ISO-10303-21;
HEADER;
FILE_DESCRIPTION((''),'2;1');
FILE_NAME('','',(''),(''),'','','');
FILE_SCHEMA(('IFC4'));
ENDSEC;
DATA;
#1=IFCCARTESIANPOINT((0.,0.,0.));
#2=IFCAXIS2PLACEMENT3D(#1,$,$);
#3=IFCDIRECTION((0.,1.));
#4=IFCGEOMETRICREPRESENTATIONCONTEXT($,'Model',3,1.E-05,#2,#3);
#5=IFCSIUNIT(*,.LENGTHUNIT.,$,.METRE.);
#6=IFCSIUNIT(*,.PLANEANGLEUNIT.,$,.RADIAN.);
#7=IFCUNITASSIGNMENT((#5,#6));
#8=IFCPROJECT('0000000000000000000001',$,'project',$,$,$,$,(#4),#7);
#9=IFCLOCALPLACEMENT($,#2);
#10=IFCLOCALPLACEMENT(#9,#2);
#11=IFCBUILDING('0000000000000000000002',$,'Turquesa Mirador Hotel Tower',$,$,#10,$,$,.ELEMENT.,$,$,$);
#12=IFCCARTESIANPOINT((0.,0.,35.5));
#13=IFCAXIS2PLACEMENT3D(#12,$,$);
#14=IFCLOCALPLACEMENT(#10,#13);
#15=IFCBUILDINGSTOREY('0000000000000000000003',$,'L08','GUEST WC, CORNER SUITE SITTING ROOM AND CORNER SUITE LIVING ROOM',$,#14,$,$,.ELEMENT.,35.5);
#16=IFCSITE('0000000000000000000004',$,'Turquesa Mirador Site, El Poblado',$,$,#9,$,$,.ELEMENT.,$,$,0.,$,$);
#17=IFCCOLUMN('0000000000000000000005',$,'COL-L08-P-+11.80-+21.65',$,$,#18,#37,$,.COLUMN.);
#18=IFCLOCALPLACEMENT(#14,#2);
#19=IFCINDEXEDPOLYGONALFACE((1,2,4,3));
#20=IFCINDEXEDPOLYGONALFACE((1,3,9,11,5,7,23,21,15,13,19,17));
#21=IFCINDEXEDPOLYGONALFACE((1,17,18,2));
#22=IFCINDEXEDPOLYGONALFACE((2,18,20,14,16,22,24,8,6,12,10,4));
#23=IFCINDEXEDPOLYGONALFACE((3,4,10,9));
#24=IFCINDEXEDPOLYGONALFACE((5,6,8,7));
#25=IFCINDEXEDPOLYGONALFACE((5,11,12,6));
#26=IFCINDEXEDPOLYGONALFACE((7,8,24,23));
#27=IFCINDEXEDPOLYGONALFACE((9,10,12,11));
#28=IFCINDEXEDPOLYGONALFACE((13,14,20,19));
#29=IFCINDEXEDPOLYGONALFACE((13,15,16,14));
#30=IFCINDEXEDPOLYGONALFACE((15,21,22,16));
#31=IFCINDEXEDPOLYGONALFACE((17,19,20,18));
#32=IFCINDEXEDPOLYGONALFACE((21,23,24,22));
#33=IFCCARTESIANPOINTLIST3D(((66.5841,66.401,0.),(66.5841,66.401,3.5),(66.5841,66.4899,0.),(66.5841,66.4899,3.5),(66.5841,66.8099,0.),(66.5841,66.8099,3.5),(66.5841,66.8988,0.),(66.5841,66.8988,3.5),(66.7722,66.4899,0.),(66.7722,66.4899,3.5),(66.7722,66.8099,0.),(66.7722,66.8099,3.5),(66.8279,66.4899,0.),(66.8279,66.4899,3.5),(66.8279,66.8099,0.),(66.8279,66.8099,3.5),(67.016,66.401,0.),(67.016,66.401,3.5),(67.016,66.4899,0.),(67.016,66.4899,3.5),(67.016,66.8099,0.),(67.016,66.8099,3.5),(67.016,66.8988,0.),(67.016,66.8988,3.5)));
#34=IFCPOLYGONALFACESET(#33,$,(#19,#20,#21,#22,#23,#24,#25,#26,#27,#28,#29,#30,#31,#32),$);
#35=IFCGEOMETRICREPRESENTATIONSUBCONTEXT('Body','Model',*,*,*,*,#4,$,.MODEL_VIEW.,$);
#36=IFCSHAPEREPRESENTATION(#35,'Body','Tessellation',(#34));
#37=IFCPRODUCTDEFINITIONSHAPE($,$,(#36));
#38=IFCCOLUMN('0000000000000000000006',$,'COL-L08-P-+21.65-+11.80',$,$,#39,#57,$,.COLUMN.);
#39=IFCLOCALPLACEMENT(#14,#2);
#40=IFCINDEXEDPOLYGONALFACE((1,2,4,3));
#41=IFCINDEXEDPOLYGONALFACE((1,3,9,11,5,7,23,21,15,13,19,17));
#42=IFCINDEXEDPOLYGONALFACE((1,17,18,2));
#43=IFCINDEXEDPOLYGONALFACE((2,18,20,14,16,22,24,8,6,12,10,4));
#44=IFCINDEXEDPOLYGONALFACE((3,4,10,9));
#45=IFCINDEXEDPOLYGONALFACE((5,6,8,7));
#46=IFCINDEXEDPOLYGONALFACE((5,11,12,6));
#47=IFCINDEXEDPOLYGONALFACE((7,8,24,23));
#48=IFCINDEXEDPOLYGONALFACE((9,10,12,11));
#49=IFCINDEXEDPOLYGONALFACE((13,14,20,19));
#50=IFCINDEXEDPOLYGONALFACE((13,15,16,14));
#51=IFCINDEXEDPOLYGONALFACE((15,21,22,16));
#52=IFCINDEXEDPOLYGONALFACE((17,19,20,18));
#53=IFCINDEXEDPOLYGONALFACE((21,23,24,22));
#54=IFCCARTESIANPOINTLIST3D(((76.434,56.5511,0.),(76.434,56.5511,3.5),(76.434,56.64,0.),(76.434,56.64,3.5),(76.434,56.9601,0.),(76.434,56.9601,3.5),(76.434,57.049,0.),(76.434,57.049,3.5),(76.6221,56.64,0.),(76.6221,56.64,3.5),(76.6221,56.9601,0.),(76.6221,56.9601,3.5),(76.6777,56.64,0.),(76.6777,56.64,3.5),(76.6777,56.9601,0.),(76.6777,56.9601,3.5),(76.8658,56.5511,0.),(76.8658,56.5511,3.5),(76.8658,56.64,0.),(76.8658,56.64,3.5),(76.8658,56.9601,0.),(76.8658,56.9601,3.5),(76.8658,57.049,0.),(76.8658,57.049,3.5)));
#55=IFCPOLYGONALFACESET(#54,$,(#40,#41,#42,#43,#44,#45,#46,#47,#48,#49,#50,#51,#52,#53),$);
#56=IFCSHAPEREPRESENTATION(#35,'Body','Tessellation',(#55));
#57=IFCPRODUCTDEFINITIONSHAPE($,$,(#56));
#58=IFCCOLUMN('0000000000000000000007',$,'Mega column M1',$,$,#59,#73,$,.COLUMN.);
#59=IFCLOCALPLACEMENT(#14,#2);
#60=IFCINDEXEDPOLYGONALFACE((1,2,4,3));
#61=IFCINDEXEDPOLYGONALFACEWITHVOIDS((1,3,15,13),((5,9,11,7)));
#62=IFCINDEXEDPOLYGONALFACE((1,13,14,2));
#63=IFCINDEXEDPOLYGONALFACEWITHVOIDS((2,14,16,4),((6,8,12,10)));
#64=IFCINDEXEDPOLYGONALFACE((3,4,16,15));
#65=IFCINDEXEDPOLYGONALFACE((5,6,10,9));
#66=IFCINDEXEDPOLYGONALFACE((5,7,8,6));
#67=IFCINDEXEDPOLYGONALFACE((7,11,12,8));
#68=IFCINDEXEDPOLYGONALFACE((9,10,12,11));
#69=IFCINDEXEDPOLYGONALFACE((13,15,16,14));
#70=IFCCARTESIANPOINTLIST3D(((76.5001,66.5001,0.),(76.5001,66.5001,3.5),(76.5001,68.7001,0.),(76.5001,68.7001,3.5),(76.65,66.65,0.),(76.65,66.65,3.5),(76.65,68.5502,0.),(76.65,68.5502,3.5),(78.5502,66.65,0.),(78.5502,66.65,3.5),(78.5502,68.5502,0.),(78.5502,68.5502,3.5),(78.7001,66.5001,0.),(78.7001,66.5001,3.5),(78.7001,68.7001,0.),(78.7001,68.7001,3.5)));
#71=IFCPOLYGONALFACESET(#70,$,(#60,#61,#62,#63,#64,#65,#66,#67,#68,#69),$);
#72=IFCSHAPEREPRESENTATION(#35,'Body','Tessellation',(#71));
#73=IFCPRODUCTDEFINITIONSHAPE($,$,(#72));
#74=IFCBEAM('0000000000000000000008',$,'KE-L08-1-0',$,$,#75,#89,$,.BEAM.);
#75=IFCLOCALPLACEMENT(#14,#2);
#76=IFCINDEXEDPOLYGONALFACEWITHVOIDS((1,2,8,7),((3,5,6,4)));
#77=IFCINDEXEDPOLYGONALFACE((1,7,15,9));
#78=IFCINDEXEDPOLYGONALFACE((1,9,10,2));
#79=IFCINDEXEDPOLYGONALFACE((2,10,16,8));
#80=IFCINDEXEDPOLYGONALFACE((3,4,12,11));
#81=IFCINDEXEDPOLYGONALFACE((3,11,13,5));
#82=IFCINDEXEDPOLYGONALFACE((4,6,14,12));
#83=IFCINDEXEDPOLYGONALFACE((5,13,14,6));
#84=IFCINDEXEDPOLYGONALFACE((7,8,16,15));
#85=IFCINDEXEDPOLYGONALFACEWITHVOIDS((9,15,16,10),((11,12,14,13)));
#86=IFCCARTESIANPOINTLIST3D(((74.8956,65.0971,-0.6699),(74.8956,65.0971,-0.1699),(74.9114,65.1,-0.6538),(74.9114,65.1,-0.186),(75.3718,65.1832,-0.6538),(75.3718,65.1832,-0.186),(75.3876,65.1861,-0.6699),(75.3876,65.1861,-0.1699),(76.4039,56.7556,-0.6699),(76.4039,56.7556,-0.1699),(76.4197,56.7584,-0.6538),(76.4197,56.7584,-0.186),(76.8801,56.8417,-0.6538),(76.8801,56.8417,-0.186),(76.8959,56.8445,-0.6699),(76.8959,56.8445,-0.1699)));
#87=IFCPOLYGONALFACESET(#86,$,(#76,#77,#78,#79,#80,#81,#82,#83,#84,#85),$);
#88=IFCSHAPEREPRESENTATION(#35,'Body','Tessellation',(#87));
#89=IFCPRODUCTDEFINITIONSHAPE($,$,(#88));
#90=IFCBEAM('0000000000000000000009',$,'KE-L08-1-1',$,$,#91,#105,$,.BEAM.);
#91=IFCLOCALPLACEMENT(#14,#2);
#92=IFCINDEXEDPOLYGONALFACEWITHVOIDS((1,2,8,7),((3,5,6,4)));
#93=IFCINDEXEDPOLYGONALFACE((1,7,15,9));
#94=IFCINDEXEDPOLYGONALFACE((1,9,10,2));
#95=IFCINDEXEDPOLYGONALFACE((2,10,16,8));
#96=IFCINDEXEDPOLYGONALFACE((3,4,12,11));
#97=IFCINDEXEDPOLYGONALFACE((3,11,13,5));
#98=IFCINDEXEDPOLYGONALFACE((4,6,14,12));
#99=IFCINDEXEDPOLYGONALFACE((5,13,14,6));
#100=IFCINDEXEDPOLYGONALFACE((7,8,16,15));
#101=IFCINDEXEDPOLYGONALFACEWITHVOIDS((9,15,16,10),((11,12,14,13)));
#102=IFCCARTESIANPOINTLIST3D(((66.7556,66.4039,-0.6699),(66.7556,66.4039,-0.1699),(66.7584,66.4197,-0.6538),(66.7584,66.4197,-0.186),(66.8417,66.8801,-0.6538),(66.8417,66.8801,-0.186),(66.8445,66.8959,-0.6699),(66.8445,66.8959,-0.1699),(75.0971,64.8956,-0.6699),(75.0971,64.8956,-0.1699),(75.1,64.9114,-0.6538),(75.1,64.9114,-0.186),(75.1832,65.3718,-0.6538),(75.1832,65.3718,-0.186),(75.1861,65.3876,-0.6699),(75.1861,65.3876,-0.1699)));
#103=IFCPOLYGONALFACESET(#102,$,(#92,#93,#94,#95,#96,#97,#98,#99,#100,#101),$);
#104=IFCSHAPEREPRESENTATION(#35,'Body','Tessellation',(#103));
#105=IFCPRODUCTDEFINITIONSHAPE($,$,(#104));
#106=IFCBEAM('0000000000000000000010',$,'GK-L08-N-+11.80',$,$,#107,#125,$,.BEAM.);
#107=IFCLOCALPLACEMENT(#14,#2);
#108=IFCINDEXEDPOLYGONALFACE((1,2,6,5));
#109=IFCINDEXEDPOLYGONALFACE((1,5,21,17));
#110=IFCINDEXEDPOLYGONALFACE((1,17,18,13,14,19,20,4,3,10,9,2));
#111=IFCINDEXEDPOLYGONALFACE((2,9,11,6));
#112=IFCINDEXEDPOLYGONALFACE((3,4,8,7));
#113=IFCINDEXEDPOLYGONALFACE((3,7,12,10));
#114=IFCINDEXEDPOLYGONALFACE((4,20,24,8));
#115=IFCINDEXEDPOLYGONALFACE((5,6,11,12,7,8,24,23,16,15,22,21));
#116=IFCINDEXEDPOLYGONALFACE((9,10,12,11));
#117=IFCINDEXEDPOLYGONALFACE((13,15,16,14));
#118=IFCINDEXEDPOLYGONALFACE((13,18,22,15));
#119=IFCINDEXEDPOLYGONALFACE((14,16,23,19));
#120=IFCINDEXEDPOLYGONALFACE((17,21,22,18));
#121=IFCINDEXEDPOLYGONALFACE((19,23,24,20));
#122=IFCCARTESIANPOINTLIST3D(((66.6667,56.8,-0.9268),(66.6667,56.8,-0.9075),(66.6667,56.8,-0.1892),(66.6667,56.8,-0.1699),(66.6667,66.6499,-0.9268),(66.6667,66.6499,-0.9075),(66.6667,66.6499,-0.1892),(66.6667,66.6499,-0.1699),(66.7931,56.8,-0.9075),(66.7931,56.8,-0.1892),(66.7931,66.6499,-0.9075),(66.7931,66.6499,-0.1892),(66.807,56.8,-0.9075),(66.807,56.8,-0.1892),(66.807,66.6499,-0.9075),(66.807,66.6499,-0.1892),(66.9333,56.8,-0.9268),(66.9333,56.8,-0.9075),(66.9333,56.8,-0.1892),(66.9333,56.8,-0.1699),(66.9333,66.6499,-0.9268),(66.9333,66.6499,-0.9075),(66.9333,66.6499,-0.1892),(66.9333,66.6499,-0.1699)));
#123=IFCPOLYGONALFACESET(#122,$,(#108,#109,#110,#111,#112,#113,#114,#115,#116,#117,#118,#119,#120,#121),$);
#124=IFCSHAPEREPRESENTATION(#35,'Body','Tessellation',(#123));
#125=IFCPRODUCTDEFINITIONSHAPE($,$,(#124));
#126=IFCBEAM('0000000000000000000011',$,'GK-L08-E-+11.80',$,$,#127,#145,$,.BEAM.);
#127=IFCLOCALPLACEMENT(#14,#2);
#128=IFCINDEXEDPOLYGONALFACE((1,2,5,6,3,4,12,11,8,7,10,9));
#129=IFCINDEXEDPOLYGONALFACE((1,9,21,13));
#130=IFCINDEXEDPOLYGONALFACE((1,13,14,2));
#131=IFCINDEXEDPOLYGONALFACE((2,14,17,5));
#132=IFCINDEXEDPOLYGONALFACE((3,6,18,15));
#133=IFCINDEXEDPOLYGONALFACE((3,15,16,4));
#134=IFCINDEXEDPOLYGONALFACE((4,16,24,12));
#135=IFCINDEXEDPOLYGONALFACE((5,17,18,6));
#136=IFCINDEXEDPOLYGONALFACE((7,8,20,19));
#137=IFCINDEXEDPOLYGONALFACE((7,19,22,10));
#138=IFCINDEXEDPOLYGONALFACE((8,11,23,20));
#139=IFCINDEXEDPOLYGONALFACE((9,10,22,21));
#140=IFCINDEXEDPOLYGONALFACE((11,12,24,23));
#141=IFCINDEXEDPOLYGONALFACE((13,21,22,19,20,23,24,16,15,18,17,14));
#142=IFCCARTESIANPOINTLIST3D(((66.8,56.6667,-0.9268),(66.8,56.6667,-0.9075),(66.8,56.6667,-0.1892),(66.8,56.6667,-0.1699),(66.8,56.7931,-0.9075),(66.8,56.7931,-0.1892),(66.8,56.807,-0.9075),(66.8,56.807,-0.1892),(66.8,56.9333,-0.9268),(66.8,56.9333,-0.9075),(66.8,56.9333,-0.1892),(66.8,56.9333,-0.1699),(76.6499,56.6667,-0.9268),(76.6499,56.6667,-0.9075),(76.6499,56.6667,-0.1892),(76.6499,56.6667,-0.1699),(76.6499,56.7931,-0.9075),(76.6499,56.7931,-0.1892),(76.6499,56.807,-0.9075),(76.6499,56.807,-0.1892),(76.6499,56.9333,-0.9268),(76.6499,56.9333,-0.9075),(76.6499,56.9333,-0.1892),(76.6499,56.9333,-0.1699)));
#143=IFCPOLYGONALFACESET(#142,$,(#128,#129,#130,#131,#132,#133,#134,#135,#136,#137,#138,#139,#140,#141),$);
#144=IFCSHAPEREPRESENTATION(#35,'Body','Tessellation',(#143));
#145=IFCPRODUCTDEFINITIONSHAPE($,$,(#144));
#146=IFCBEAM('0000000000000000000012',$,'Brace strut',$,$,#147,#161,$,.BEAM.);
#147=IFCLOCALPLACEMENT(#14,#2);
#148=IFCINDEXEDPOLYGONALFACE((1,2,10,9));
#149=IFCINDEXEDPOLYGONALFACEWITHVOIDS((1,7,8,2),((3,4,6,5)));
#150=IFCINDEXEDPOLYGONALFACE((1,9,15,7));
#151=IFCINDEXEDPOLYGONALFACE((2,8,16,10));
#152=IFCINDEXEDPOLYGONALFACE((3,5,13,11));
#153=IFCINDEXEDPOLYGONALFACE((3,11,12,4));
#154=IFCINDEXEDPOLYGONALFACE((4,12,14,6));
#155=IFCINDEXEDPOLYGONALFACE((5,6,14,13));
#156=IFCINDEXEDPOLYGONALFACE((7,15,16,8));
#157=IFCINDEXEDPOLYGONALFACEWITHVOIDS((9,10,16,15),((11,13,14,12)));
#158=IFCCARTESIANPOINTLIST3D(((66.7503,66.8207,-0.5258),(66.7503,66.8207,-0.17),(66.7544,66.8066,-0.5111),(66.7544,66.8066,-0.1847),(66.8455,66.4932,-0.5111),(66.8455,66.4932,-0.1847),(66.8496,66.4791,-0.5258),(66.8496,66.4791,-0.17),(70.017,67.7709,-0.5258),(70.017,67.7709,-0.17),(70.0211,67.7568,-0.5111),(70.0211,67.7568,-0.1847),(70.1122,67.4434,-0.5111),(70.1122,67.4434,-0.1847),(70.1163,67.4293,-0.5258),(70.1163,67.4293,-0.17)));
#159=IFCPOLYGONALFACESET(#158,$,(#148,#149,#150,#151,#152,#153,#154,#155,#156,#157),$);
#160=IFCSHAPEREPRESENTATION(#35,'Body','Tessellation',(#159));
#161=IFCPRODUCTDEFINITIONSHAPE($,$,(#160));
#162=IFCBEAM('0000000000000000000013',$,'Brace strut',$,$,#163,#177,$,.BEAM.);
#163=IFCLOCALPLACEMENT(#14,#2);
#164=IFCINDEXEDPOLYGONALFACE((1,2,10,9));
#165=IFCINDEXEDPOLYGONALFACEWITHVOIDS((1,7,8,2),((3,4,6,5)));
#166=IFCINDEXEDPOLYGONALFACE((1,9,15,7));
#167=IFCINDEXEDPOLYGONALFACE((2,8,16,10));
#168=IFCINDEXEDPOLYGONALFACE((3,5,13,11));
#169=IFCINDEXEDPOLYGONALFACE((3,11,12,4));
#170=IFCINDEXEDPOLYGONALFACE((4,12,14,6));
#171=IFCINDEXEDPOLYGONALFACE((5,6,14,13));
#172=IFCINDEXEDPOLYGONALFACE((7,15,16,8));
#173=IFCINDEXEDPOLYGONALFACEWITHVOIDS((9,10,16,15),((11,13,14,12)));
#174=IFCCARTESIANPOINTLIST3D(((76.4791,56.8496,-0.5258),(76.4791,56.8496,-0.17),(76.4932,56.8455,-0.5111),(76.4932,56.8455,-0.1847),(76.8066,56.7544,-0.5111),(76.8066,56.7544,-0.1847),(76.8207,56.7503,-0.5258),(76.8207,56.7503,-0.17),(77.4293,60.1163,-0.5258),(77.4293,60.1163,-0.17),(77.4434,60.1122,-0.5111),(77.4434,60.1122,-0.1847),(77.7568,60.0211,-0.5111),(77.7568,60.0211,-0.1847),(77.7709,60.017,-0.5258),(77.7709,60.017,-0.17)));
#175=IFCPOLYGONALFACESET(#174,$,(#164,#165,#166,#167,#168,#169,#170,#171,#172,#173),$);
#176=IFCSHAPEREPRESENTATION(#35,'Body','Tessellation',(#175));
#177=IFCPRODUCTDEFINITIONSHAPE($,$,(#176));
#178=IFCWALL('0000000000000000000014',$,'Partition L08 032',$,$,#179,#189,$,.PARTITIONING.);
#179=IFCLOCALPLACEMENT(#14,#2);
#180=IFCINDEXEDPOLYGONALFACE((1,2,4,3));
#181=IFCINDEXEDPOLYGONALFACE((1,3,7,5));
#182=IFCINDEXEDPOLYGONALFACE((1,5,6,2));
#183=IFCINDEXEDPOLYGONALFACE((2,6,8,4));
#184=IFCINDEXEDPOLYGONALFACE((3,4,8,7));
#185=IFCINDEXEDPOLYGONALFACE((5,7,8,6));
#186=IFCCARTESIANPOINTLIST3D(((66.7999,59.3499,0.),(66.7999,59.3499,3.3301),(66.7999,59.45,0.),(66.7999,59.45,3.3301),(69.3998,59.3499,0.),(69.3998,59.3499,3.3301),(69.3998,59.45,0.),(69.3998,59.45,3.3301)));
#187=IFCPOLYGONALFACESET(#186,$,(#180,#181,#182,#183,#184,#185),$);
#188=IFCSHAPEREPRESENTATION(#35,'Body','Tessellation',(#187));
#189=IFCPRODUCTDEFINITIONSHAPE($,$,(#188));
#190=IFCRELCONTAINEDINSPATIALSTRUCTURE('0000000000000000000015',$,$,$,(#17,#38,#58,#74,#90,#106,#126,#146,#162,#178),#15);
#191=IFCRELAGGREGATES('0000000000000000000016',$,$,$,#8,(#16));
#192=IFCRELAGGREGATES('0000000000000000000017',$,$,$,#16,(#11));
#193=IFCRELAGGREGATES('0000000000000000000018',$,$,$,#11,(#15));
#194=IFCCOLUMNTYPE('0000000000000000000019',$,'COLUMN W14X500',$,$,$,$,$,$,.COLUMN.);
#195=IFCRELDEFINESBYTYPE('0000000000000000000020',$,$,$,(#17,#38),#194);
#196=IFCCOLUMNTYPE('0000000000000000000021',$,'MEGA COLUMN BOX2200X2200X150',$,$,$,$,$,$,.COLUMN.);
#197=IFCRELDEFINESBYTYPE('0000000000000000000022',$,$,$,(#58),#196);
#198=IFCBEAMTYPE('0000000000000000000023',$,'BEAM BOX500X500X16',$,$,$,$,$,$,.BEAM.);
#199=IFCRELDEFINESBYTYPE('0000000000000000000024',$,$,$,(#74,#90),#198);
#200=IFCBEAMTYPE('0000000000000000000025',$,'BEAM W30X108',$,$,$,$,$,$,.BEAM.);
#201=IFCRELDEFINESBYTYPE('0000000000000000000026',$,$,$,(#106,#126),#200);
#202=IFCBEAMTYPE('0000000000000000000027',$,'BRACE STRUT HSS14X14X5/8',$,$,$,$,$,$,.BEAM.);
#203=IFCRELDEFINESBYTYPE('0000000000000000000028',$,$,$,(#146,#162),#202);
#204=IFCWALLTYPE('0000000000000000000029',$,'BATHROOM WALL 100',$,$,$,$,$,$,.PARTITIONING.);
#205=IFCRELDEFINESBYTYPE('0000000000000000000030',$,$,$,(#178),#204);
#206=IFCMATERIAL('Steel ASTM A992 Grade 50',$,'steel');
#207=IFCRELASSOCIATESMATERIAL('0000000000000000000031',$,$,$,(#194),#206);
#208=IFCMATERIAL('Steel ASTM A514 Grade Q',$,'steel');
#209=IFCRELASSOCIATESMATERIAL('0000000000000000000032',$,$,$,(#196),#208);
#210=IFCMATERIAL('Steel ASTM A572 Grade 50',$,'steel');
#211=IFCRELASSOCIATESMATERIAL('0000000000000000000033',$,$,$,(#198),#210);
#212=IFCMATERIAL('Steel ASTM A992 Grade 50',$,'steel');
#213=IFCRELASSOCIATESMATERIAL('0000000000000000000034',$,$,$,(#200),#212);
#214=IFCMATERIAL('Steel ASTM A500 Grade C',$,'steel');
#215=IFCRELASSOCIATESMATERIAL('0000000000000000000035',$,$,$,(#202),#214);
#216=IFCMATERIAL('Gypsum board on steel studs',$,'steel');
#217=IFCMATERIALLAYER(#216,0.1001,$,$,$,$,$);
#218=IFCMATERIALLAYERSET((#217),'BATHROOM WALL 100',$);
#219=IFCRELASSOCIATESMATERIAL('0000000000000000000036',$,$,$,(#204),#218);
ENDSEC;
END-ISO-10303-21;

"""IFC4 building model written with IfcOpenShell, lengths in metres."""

from ifc_helpers import new_model, si_unit, direction, frame, frame_2d, origin, origin_2d, place, context, subcontext, project, spatial, rectangle, hollow_rectangle, i_section, extrude, material, layer, layer_set, material_profile, profile_set, type_object, element, save


model = new_model("IFC4")

# Units and contexts
model_context = context("Model", 3, precision=1e-05, world=origin(), true_north=direction((0.0, 1.0)))
body_context = subcontext(model_context, "Body", "Model", "MODEL_VIEW")
ifc_project = project(units=[si_unit("LENGTHUNIT", "METRE"), si_unit("PLANEANGLEUNIT", "RADIAN")], contexts=[model_context])

# Site, building, storey
site_placement = place(None, origin())
site = spatial("IfcSite", under=ifc_project, at=site_placement, Name="Turquesa Mirador Site, El Poblado", CompositionType="ELEMENT", RefElevation=0.0)
building_placement = place(site_placement, origin())
building = spatial("IfcBuilding", under=site, at=building_placement, Name="Turquesa Mirador Hotel Tower", CompositionType="ELEMENT")
storey_placement = place(building_placement, frame((0.0, 0.0, 35.5)))
storey = spatial("IfcBuildingStorey", under=building, at=storey_placement, Name="L08", Description="GUEST WC, CORNER SUITE SITTING ROOM AND CORNER SUITE LIVING ROOM", CompositionType="ELEMENT", Elevation=35.5)

# Columns
ifc_material_1 = material(Name="Steel ASTM A992 Grade 50", Category="steel")
ifc_material_profile_1 = material_profile(ifc_material_1, i_section(OverallWidth=0.4319, OverallDepth=0.4978, WebThickness=0.0557, FlangeThickness=0.0889, at=origin_2d()), Name="W14X500")
ifc_profile_set_1 = profile_set([ifc_material_profile_1], Name="Steel ASTM A992 Grade 50")
column_type_1 = type_object("IfcColumnType", Name="COLUMN W14X500", PredefinedType="COLUMN", material=ifc_profile_set_1)
for number, where, z_axis, x_axis, name in (
    (1, (66.8, 66.6499, 0.0), (0.0, 0.0, 1.0), (1.0, 0.0, 0.0), "COL-L08-P-+11.80-+21.65"),
    (2, (76.6499, 56.8, 0.0), (0.0, 0.0, 1.0), (1.0, 0.0, 0.0), "COL-L08-P-+21.65-+11.80"),
):
    element("IfcColumn", number, at=place(storey_placement, frame(where, z_axis=z_axis, x_axis=x_axis)), inside=storey, type_object=column_type_1, Name=name, PredefinedType="COLUMN", context=body_context, shape_type="SweptSolid", body=[
        extrude(i_section(OverallWidth=0.4319, OverallDepth=0.4978, WebThickness=0.0557, FlangeThickness=0.0889, at=origin_2d()), origin(), (0.0, 0.0, 1.0), 3.5),
    ])
ifc_material_2 = material(Name="Steel ASTM A514 Grade Q", Category="steel")
ifc_material_profile_2 = material_profile(ifc_material_2, hollow_rectangle(XDim=2.2, YDim=2.2, WallThickness=0.1499, at=origin_2d()), Name="BOX2200X2200X150")
ifc_profile_set_2 = profile_set([ifc_material_profile_2], Name="Steel ASTM A514 Grade Q")
column_type_2 = type_object("IfcColumnType", Name="MEGA COLUMN BOX2200X2200X150", PredefinedType="COLUMN", material=ifc_profile_set_2)
column_placement = place(storey_placement, frame((77.6001, 67.6001, 0.0), z_axis=(0.0, 0.0, 1.0), x_axis=(1.0, 0.0, 0.0)))
element("IfcColumn", 3, at=column_placement, inside=storey, type_object=column_type_2, Name="Mega column M1", PredefinedType="COLUMN", context=body_context, shape_type="SweptSolid", body=[
    extrude(hollow_rectangle(XDim=2.2, YDim=2.2, WallThickness=0.1499, at=origin_2d()), origin(), (0.0, 0.0, 1.0), 3.5),
])

# Beams
ifc_material_3 = material(Name="Steel ASTM A572 Grade 50", Category="steel")
ifc_material_profile_3 = material_profile(ifc_material_3, hollow_rectangle(XDim=0.5, YDim=0.5, WallThickness=0.0161, at=origin_2d()), Name="BOX500X500X16")
ifc_profile_set_3 = profile_set([ifc_material_profile_3], Name="Steel ASTM A572 Grade 50")
beam_type_1 = type_object("IfcBeamType", Name="BEAM BOX500X500X16", PredefinedType="BEAM", material=ifc_profile_set_3)
for number, where, z_axis, x_axis, name in (
    (4, (76.6499, 56.8, -0.4199), (-0.177932, 0.984043, 0.0), (-0.984043, -0.177932, 0.0), "KE-L08-1-0"),
    (5, (75.1416, 65.1416, -0.4199), (-0.984043, 0.177932, 0.0), (-0.177932, -0.984043, 0.0), "KE-L08-1-1"),
):
    element("IfcBeam", number, at=place(storey_placement, frame(where, z_axis=z_axis, x_axis=x_axis)), inside=storey, type_object=beam_type_1, Name=name, PredefinedType="BEAM", context=body_context, shape_type="SweptSolid", body=[
        extrude(hollow_rectangle(XDim=0.5, YDim=0.5, WallThickness=0.0161, at=origin_2d()), origin(), (0.0, 0.0, 1.0), 8.4768),
    ])
ifc_material_4 = material(Name="Steel ASTM A992 Grade 50", Category="steel")
ifc_material_profile_4 = material_profile(ifc_material_4, i_section(OverallWidth=0.2666, OverallDepth=0.7568, WebThickness=0.0139, FlangeThickness=0.0193, at=origin_2d()), Name="W30X108")
ifc_profile_set_4 = profile_set([ifc_material_profile_4], Name="Steel ASTM A992 Grade 50")
beam_type_2 = type_object("IfcBeamType", Name="BEAM W30X108", PredefinedType="BEAM", material=ifc_profile_set_4)
for number, where, z_axis, x_axis, name in (
    (6, (66.8, 66.6499, -0.5483), (0.0, -1.0, 0.0), (1.0, 0.0, 0.0), "GK-L08-N-+11.80"),
    (7, (76.6499, 56.8, -0.5483), (-1.0, 0.0, 0.0), (0.0, -1.0, 0.0), "GK-L08-E-+11.80"),
):
    element("IfcBeam", number, at=place(storey_placement, frame(where, z_axis=z_axis, x_axis=x_axis)), inside=storey, type_object=beam_type_2, Name=name, PredefinedType="BEAM", context=body_context, shape_type="SweptSolid", body=[
        extrude(i_section(OverallWidth=0.2666, OverallDepth=0.7568, WebThickness=0.0139, FlangeThickness=0.0193, at=origin_2d()), origin(), (0.0, 0.0, 1.0), 9.8499),
    ])
ifc_material_5 = material(Name="Steel ASTM A500 Grade C", Category="steel")
ifc_material_profile_5 = material_profile(ifc_material_5, hollow_rectangle(XDim=0.3557, YDim=0.3557, WallThickness=0.0146, at=origin_2d()), Name="HSS14X14X5/8")
ifc_profile_set_5 = profile_set([ifc_material_profile_5], Name="Steel ASTM A500 Grade C")
beam_type_3 = type_object("IfcBeamType", Name="BRACE STRUT HSS14X14X5/8", PredefinedType="BEAM", material=ifc_profile_set_5)
for number, where, z_axis, x_axis, name in (
    (8, (70.0667, 67.6001, -0.3479), (-0.960202, -0.279305, 0.0), (0.279305, -0.960202, 0.0), "Brace strut"),
    (9, (77.6001, 60.0667, -0.3479), (-0.279305, -0.960202, 0.0), (0.960202, -0.279305, 0.0), "Brace strut"),
):
    element("IfcBeam", number, at=place(storey_placement, frame(where, z_axis=z_axis, x_axis=x_axis)), inside=storey, type_object=beam_type_3, Name=name, PredefinedType="BEAM", context=body_context, shape_type="SweptSolid", body=[
        extrude(hollow_rectangle(XDim=0.3557, YDim=0.3557, WallThickness=0.0146, at=origin_2d()), origin(), (0.0, 0.0, 1.0), 3.4021),
    ])

# Wall
ifc_material_6 = material(Name="Gypsum board on steel studs", Category="steel")
ifc_layer_1 = layer(ifc_material_6, 0.1001)
ifc_layer_set_1 = layer_set([ifc_layer_1], Name="BATHROOM WALL 100")
wall_type_1 = type_object("IfcWallType", Name="BATHROOM WALL 100", PredefinedType="PARTITIONING", material=ifc_layer_set_1)
wall_1_placement = place(storey_placement, frame((66.8, 59.3999, 0.0), z_axis=(0.0, 0.0, 1.0), x_axis=(1.0, 0.0, 0.0)))
element("IfcWall", 10, at=wall_1_placement, inside=storey, type_object=wall_type_1, Name="Partition L08 032", PredefinedType="PARTITIONING", context=body_context, shape_type="SweptSolid", body=[
    extrude(rectangle(XDim=2.5999, YDim=0.1001, at=frame_2d((1.2998, 0.0))), origin(), (0.0, 0.0, 1.0), 3.3301),
])

save(model, "model.ifc")
